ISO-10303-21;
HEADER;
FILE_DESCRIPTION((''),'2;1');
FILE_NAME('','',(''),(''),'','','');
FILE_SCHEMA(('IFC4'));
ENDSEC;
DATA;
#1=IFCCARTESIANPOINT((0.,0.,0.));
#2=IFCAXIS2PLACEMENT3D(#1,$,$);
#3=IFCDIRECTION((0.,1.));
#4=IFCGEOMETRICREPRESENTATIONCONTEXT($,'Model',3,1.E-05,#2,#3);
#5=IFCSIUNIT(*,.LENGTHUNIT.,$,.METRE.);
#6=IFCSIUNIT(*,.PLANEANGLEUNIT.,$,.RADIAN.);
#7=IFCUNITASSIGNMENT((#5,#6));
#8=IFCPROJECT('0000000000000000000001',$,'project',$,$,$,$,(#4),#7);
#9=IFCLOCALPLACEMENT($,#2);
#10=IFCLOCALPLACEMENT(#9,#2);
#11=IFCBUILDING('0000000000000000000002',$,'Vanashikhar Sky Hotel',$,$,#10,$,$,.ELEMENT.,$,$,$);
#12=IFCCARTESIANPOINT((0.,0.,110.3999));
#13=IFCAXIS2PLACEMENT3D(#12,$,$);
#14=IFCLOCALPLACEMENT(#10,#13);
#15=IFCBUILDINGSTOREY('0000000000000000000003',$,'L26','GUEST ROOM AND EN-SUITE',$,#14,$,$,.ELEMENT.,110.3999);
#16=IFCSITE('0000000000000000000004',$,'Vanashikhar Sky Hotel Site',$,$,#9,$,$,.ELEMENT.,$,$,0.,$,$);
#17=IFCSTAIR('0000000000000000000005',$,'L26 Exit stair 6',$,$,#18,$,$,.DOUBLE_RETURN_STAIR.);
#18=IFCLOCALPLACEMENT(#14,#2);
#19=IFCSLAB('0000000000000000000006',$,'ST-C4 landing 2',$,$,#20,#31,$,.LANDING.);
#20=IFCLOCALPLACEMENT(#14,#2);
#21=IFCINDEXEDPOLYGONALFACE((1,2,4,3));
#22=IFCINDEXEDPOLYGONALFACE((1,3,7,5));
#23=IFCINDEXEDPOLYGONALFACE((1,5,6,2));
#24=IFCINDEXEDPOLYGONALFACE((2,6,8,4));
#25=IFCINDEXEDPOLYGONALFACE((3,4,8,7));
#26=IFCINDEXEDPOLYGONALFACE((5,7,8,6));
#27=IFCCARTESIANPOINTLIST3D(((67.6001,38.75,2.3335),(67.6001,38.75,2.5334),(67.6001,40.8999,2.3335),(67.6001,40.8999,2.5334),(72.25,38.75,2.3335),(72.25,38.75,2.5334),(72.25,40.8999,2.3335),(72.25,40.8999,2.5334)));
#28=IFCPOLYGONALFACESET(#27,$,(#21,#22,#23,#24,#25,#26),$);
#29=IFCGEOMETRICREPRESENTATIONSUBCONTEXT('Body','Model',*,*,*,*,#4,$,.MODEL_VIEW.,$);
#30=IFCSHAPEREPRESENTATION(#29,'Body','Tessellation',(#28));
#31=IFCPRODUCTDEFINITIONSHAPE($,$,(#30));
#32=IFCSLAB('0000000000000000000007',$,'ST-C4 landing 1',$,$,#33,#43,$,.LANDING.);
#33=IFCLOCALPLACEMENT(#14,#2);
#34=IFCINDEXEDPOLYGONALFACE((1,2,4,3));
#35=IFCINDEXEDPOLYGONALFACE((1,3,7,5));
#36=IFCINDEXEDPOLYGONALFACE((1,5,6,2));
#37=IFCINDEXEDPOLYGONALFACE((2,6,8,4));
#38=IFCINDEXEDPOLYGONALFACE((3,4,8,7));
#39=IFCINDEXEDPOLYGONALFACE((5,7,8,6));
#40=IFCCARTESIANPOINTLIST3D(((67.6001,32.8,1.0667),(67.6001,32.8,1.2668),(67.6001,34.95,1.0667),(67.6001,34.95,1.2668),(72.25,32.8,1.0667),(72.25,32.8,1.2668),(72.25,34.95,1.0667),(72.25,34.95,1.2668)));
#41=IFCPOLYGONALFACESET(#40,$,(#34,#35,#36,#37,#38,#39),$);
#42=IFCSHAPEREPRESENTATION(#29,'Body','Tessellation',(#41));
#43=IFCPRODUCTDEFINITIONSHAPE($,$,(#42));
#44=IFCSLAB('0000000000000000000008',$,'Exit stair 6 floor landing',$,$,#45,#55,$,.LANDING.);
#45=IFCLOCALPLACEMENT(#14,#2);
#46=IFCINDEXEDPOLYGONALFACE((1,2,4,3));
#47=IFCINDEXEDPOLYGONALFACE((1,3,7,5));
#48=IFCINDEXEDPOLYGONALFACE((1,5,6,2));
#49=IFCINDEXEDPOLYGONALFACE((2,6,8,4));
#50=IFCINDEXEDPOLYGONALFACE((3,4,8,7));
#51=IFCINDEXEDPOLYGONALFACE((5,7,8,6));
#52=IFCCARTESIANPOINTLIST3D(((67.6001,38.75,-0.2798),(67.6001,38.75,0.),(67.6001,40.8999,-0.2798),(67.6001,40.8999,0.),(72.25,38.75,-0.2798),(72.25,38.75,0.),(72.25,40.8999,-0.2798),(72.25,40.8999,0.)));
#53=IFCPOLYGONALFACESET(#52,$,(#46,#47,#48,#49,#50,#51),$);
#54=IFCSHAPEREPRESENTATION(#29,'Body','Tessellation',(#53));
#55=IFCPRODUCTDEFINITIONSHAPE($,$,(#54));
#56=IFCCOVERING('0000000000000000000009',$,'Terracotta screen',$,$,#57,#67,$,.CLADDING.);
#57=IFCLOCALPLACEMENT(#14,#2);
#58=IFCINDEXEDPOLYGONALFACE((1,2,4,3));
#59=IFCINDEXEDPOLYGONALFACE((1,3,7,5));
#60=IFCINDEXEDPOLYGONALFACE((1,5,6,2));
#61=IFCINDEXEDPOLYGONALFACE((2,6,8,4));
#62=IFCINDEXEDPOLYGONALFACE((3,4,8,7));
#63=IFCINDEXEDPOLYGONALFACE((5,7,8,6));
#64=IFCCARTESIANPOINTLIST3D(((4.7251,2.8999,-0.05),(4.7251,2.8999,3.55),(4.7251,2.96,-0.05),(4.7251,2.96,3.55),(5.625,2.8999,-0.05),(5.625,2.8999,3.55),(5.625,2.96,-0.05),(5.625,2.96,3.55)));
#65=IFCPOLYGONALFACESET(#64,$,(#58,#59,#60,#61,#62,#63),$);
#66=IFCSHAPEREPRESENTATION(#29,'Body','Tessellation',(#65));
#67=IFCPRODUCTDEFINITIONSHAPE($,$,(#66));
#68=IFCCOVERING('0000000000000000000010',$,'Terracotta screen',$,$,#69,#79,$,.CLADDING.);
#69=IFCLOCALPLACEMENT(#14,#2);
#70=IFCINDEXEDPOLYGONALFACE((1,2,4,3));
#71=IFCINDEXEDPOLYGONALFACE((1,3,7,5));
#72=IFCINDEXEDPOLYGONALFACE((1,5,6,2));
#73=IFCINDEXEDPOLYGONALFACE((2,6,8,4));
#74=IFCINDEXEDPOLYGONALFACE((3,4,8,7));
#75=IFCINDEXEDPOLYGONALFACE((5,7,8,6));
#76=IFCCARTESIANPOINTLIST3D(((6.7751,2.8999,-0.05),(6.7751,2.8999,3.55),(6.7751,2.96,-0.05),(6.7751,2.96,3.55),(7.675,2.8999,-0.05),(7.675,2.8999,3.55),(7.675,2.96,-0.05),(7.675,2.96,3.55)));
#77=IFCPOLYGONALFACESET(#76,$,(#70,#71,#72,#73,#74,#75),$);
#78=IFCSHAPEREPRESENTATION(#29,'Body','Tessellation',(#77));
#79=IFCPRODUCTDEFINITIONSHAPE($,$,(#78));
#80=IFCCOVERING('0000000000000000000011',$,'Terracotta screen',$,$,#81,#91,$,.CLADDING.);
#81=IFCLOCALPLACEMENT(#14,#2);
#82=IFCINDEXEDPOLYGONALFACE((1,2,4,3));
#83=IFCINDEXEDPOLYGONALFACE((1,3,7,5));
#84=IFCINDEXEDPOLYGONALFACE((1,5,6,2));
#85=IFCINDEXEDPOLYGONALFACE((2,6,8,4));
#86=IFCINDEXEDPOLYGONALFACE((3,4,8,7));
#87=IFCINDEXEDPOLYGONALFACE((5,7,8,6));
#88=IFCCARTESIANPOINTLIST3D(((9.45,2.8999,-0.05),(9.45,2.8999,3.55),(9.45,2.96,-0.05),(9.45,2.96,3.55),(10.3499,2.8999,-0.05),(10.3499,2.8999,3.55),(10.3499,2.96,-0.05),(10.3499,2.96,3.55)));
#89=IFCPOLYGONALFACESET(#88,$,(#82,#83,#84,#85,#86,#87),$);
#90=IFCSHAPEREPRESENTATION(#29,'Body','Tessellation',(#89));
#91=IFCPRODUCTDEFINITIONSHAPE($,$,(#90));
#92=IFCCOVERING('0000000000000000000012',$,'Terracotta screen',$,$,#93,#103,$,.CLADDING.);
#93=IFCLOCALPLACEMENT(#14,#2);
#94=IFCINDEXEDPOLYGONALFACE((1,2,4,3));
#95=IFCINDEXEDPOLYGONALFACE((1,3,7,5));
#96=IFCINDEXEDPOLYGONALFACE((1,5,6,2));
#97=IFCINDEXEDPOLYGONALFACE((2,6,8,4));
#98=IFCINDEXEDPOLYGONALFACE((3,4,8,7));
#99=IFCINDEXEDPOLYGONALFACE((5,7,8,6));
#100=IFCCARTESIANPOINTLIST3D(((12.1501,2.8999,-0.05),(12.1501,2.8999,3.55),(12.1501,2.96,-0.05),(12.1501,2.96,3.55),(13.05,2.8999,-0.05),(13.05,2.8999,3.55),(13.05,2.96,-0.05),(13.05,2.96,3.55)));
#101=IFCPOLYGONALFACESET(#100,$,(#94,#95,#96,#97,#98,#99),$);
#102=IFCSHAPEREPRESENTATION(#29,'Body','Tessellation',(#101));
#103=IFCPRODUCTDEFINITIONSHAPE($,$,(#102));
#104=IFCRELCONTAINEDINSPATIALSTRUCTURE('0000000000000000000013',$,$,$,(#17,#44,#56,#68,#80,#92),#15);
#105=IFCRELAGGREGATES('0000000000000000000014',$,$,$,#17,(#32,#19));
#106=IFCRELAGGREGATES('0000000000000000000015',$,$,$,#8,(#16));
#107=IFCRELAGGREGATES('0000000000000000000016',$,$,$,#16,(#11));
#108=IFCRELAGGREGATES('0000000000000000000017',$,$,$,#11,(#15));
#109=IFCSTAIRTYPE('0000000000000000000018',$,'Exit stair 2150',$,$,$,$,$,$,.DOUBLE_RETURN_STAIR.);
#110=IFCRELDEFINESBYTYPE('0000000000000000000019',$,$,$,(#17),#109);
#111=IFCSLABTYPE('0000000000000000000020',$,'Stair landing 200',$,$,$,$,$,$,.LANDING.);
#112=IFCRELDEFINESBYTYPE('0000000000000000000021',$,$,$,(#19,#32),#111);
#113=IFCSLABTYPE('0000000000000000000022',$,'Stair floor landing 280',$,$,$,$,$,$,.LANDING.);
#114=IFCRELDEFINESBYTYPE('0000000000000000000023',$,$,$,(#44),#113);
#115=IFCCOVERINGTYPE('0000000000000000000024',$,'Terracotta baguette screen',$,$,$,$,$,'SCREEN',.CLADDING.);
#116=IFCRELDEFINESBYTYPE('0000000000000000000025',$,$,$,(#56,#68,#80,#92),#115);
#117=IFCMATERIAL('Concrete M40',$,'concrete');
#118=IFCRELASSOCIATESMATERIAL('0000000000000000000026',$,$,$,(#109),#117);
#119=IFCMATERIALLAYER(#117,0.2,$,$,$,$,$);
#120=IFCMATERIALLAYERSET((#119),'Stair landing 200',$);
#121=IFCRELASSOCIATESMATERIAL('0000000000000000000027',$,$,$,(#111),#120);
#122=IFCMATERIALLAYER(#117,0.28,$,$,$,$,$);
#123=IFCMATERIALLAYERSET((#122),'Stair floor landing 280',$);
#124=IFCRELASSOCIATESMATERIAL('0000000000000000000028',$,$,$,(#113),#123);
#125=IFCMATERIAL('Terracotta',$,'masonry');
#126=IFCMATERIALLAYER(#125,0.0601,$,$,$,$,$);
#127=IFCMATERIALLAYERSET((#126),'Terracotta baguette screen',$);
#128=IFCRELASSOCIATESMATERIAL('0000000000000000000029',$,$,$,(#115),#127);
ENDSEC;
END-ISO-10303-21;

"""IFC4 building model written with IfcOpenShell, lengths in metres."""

from ifc_helpers import new_model, si_unit, direction, frame, origin, origin_2d, place, context, subcontext, project, spatial, polyline, rectangle, outline, extrude, source, transform, mapped, material, layer, layer_set, type_object, element, aggregate, save


model = new_model("IFC4")

# Units and contexts
model_context = context("Model", 3, precision=1e-05, world=origin(), true_north=direction((0.0, 1.0)))
body_context = subcontext(model_context, "Body", "Model", "MODEL_VIEW")
ifc_project = project(units=[si_unit("LENGTHUNIT", "METRE"), si_unit("PLANEANGLEUNIT", "RADIAN")], contexts=[model_context])

# Site, building, storey
site_placement = place(None, origin())
site = spatial("IfcSite", under=ifc_project, at=site_placement, Name="Vanashikhar Sky Hotel Site", CompositionType="ELEMENT", RefElevation=0.0)
building_placement = place(site_placement, origin())
building = spatial("IfcBuilding", under=site, at=building_placement, Name="Vanashikhar Sky Hotel", CompositionType="ELEMENT")
storey_placement = place(building_placement, frame((0.0, 0.0, 110.3999)))
storey = spatial("IfcBuildingStorey", under=building, at=storey_placement, Name="L26", Description="GUEST ROOM AND EN-SUITE", CompositionType="ELEMENT", Elevation=110.3999)

# Shared definitions
ifc_material_1 = material(Name="Concrete M40", Category="concrete")

# Shared definitions
stair_type = type_object("IfcStairType", Name="Exit stair 2150", PredefinedType="DOUBLE_RETURN_STAIR", material=ifc_material_1)
ifc_layer_1 = layer(ifc_material_1, 0.2)
ifc_layer_set_1 = layer_set([ifc_layer_1], Name="Stair landing 200")
slab_type_1 = type_object("IfcSlabType", Name="Stair landing 200", PredefinedType="LANDING", material=ifc_layer_set_1)

# Shared definitions
ifc_layer_2 = layer(ifc_material_1, 0.28)
ifc_layer_set_2 = layer_set([ifc_layer_2], Name="Stair floor landing 280")
slab_type_2 = type_object("IfcSlabType", Name="Stair floor landing 280", PredefinedType="LANDING", material=ifc_layer_set_2)

# Stair, slabs
stair_1_placement = place(storey_placement, origin())
stair_1 = element("IfcStair", 1, at=stair_1_placement, inside=storey, type_object=stair_type, Name="L26 Exit stair 6", PredefinedType="DOUBLE_RETURN_STAIR")
shared_shape_1 = source(origin(), body_context, "Body", "SweptSolid", [
    extrude(outline(polyline([(72.25, 38.75), (72.25, 40.8999), (67.6001, 40.8999), (67.6001, 38.75), (72.25, 38.75)])), origin(), (0.0, 0.0, 1.0), 0.2),
])
slab_1_placement = place(storey_placement, frame((0.0, 0.0, 2.3335)))
slab_1 = element("IfcSlab", 2, at=slab_1_placement, type_object=slab_type_1, Name="ST-C4 landing 2", PredefinedType="LANDING", context=body_context, shape_type="MappedRepresentation", body=[
    mapped(shared_shape_1, transform((0.0, 0.0, 0.0), scale=1.0)),
])
shared_shape_2 = source(origin(), body_context, "Body", "SweptSolid", [
    extrude(outline(polyline([(72.25, 32.8), (72.25, 34.95), (67.6001, 34.95), (67.6001, 32.8), (72.25, 32.8)])), origin(), (0.0, 0.0, 1.0), 0.2002),
])
slab_2_placement = place(storey_placement, frame((0.0, 0.0, 1.0667)))
slab_2 = element("IfcSlab", 3, at=slab_2_placement, type_object=slab_type_1, Name="ST-C4 landing 1", PredefinedType="LANDING", context=body_context, shape_type="MappedRepresentation", body=[
    mapped(shared_shape_2, transform((0.0, 0.0, 0.0), scale=1.0)),
])
aggregate(stair_1, [slab_2, slab_1])

# Slab
shared_shape_3 = source(origin(), body_context, "Body", "SweptSolid", [
    extrude(outline(polyline([(72.25, 38.75), (72.25, 40.8999), (67.6001, 40.8999), (67.6001, 38.75), (72.25, 38.75)])), origin(), (0.0, 0.0, 1.0), 0.2798),
])
slab_3_placement = place(storey_placement, frame((0.0, 0.0, -0.2798)))
element("IfcSlab", 4, at=slab_3_placement, inside=storey, type_object=slab_type_2, Name="Exit stair 6 floor landing", PredefinedType="LANDING", context=body_context, shape_type="MappedRepresentation", body=[
    mapped(shared_shape_3, transform((0.0, 0.0, 0.0), scale=1.0)),
])

# Coverings
ifc_material_2 = material(Name="Terracotta", Category="masonry")
ifc_layer_3 = layer(ifc_material_2, 0.0601)
ifc_layer_set_3 = layer_set([ifc_layer_3], Name="Terracotta baguette screen")
covering_type = type_object("IfcCoveringType", Name="Terracotta baguette screen", ElementType="SCREEN", PredefinedType="CLADDING", material=ifc_layer_set_3)
shared_shape_4 = source(origin(), body_context, "Body", "SweptSolid", [
    extrude(rectangle(XDim=0.8999, YDim=0.0601, at=origin_2d()), origin(), (0.0, 0.0, 1.0), 3.6001),
])
for number, where, z_axis, x_axis, name in (
    (5, (5.175, 2.9299, -0.05), (0.0, 0.0, 1.0), (1.0, 0.0, 0.0), "Terracotta screen"),
    (6, (7.2251, 2.9299, -0.05), (0.0, 0.0, 1.0), (1.0, 0.0, 0.0), "Terracotta screen"),
    (7, (9.8999, 2.9299, -0.05), (0.0, 0.0, 1.0), (1.0, 0.0, 0.0), "Terracotta screen"),
    (8, (12.6001, 2.9299, -0.05), (0.0, 0.0, 1.0), (1.0, 0.0, 0.0), "Terracotta screen"),
):
    element("IfcCovering", number, at=place(storey_placement, frame(where, z_axis=z_axis, x_axis=x_axis)), inside=storey, type_object=covering_type, Name=name, PredefinedType="CLADDING", context=body_context, shape_type="MappedRepresentation", body=[
        mapped(shared_shape_4, transform((0.0, 0.0, 0.0), scale=1.0)),
    ])

save(model, "model.ifc")
